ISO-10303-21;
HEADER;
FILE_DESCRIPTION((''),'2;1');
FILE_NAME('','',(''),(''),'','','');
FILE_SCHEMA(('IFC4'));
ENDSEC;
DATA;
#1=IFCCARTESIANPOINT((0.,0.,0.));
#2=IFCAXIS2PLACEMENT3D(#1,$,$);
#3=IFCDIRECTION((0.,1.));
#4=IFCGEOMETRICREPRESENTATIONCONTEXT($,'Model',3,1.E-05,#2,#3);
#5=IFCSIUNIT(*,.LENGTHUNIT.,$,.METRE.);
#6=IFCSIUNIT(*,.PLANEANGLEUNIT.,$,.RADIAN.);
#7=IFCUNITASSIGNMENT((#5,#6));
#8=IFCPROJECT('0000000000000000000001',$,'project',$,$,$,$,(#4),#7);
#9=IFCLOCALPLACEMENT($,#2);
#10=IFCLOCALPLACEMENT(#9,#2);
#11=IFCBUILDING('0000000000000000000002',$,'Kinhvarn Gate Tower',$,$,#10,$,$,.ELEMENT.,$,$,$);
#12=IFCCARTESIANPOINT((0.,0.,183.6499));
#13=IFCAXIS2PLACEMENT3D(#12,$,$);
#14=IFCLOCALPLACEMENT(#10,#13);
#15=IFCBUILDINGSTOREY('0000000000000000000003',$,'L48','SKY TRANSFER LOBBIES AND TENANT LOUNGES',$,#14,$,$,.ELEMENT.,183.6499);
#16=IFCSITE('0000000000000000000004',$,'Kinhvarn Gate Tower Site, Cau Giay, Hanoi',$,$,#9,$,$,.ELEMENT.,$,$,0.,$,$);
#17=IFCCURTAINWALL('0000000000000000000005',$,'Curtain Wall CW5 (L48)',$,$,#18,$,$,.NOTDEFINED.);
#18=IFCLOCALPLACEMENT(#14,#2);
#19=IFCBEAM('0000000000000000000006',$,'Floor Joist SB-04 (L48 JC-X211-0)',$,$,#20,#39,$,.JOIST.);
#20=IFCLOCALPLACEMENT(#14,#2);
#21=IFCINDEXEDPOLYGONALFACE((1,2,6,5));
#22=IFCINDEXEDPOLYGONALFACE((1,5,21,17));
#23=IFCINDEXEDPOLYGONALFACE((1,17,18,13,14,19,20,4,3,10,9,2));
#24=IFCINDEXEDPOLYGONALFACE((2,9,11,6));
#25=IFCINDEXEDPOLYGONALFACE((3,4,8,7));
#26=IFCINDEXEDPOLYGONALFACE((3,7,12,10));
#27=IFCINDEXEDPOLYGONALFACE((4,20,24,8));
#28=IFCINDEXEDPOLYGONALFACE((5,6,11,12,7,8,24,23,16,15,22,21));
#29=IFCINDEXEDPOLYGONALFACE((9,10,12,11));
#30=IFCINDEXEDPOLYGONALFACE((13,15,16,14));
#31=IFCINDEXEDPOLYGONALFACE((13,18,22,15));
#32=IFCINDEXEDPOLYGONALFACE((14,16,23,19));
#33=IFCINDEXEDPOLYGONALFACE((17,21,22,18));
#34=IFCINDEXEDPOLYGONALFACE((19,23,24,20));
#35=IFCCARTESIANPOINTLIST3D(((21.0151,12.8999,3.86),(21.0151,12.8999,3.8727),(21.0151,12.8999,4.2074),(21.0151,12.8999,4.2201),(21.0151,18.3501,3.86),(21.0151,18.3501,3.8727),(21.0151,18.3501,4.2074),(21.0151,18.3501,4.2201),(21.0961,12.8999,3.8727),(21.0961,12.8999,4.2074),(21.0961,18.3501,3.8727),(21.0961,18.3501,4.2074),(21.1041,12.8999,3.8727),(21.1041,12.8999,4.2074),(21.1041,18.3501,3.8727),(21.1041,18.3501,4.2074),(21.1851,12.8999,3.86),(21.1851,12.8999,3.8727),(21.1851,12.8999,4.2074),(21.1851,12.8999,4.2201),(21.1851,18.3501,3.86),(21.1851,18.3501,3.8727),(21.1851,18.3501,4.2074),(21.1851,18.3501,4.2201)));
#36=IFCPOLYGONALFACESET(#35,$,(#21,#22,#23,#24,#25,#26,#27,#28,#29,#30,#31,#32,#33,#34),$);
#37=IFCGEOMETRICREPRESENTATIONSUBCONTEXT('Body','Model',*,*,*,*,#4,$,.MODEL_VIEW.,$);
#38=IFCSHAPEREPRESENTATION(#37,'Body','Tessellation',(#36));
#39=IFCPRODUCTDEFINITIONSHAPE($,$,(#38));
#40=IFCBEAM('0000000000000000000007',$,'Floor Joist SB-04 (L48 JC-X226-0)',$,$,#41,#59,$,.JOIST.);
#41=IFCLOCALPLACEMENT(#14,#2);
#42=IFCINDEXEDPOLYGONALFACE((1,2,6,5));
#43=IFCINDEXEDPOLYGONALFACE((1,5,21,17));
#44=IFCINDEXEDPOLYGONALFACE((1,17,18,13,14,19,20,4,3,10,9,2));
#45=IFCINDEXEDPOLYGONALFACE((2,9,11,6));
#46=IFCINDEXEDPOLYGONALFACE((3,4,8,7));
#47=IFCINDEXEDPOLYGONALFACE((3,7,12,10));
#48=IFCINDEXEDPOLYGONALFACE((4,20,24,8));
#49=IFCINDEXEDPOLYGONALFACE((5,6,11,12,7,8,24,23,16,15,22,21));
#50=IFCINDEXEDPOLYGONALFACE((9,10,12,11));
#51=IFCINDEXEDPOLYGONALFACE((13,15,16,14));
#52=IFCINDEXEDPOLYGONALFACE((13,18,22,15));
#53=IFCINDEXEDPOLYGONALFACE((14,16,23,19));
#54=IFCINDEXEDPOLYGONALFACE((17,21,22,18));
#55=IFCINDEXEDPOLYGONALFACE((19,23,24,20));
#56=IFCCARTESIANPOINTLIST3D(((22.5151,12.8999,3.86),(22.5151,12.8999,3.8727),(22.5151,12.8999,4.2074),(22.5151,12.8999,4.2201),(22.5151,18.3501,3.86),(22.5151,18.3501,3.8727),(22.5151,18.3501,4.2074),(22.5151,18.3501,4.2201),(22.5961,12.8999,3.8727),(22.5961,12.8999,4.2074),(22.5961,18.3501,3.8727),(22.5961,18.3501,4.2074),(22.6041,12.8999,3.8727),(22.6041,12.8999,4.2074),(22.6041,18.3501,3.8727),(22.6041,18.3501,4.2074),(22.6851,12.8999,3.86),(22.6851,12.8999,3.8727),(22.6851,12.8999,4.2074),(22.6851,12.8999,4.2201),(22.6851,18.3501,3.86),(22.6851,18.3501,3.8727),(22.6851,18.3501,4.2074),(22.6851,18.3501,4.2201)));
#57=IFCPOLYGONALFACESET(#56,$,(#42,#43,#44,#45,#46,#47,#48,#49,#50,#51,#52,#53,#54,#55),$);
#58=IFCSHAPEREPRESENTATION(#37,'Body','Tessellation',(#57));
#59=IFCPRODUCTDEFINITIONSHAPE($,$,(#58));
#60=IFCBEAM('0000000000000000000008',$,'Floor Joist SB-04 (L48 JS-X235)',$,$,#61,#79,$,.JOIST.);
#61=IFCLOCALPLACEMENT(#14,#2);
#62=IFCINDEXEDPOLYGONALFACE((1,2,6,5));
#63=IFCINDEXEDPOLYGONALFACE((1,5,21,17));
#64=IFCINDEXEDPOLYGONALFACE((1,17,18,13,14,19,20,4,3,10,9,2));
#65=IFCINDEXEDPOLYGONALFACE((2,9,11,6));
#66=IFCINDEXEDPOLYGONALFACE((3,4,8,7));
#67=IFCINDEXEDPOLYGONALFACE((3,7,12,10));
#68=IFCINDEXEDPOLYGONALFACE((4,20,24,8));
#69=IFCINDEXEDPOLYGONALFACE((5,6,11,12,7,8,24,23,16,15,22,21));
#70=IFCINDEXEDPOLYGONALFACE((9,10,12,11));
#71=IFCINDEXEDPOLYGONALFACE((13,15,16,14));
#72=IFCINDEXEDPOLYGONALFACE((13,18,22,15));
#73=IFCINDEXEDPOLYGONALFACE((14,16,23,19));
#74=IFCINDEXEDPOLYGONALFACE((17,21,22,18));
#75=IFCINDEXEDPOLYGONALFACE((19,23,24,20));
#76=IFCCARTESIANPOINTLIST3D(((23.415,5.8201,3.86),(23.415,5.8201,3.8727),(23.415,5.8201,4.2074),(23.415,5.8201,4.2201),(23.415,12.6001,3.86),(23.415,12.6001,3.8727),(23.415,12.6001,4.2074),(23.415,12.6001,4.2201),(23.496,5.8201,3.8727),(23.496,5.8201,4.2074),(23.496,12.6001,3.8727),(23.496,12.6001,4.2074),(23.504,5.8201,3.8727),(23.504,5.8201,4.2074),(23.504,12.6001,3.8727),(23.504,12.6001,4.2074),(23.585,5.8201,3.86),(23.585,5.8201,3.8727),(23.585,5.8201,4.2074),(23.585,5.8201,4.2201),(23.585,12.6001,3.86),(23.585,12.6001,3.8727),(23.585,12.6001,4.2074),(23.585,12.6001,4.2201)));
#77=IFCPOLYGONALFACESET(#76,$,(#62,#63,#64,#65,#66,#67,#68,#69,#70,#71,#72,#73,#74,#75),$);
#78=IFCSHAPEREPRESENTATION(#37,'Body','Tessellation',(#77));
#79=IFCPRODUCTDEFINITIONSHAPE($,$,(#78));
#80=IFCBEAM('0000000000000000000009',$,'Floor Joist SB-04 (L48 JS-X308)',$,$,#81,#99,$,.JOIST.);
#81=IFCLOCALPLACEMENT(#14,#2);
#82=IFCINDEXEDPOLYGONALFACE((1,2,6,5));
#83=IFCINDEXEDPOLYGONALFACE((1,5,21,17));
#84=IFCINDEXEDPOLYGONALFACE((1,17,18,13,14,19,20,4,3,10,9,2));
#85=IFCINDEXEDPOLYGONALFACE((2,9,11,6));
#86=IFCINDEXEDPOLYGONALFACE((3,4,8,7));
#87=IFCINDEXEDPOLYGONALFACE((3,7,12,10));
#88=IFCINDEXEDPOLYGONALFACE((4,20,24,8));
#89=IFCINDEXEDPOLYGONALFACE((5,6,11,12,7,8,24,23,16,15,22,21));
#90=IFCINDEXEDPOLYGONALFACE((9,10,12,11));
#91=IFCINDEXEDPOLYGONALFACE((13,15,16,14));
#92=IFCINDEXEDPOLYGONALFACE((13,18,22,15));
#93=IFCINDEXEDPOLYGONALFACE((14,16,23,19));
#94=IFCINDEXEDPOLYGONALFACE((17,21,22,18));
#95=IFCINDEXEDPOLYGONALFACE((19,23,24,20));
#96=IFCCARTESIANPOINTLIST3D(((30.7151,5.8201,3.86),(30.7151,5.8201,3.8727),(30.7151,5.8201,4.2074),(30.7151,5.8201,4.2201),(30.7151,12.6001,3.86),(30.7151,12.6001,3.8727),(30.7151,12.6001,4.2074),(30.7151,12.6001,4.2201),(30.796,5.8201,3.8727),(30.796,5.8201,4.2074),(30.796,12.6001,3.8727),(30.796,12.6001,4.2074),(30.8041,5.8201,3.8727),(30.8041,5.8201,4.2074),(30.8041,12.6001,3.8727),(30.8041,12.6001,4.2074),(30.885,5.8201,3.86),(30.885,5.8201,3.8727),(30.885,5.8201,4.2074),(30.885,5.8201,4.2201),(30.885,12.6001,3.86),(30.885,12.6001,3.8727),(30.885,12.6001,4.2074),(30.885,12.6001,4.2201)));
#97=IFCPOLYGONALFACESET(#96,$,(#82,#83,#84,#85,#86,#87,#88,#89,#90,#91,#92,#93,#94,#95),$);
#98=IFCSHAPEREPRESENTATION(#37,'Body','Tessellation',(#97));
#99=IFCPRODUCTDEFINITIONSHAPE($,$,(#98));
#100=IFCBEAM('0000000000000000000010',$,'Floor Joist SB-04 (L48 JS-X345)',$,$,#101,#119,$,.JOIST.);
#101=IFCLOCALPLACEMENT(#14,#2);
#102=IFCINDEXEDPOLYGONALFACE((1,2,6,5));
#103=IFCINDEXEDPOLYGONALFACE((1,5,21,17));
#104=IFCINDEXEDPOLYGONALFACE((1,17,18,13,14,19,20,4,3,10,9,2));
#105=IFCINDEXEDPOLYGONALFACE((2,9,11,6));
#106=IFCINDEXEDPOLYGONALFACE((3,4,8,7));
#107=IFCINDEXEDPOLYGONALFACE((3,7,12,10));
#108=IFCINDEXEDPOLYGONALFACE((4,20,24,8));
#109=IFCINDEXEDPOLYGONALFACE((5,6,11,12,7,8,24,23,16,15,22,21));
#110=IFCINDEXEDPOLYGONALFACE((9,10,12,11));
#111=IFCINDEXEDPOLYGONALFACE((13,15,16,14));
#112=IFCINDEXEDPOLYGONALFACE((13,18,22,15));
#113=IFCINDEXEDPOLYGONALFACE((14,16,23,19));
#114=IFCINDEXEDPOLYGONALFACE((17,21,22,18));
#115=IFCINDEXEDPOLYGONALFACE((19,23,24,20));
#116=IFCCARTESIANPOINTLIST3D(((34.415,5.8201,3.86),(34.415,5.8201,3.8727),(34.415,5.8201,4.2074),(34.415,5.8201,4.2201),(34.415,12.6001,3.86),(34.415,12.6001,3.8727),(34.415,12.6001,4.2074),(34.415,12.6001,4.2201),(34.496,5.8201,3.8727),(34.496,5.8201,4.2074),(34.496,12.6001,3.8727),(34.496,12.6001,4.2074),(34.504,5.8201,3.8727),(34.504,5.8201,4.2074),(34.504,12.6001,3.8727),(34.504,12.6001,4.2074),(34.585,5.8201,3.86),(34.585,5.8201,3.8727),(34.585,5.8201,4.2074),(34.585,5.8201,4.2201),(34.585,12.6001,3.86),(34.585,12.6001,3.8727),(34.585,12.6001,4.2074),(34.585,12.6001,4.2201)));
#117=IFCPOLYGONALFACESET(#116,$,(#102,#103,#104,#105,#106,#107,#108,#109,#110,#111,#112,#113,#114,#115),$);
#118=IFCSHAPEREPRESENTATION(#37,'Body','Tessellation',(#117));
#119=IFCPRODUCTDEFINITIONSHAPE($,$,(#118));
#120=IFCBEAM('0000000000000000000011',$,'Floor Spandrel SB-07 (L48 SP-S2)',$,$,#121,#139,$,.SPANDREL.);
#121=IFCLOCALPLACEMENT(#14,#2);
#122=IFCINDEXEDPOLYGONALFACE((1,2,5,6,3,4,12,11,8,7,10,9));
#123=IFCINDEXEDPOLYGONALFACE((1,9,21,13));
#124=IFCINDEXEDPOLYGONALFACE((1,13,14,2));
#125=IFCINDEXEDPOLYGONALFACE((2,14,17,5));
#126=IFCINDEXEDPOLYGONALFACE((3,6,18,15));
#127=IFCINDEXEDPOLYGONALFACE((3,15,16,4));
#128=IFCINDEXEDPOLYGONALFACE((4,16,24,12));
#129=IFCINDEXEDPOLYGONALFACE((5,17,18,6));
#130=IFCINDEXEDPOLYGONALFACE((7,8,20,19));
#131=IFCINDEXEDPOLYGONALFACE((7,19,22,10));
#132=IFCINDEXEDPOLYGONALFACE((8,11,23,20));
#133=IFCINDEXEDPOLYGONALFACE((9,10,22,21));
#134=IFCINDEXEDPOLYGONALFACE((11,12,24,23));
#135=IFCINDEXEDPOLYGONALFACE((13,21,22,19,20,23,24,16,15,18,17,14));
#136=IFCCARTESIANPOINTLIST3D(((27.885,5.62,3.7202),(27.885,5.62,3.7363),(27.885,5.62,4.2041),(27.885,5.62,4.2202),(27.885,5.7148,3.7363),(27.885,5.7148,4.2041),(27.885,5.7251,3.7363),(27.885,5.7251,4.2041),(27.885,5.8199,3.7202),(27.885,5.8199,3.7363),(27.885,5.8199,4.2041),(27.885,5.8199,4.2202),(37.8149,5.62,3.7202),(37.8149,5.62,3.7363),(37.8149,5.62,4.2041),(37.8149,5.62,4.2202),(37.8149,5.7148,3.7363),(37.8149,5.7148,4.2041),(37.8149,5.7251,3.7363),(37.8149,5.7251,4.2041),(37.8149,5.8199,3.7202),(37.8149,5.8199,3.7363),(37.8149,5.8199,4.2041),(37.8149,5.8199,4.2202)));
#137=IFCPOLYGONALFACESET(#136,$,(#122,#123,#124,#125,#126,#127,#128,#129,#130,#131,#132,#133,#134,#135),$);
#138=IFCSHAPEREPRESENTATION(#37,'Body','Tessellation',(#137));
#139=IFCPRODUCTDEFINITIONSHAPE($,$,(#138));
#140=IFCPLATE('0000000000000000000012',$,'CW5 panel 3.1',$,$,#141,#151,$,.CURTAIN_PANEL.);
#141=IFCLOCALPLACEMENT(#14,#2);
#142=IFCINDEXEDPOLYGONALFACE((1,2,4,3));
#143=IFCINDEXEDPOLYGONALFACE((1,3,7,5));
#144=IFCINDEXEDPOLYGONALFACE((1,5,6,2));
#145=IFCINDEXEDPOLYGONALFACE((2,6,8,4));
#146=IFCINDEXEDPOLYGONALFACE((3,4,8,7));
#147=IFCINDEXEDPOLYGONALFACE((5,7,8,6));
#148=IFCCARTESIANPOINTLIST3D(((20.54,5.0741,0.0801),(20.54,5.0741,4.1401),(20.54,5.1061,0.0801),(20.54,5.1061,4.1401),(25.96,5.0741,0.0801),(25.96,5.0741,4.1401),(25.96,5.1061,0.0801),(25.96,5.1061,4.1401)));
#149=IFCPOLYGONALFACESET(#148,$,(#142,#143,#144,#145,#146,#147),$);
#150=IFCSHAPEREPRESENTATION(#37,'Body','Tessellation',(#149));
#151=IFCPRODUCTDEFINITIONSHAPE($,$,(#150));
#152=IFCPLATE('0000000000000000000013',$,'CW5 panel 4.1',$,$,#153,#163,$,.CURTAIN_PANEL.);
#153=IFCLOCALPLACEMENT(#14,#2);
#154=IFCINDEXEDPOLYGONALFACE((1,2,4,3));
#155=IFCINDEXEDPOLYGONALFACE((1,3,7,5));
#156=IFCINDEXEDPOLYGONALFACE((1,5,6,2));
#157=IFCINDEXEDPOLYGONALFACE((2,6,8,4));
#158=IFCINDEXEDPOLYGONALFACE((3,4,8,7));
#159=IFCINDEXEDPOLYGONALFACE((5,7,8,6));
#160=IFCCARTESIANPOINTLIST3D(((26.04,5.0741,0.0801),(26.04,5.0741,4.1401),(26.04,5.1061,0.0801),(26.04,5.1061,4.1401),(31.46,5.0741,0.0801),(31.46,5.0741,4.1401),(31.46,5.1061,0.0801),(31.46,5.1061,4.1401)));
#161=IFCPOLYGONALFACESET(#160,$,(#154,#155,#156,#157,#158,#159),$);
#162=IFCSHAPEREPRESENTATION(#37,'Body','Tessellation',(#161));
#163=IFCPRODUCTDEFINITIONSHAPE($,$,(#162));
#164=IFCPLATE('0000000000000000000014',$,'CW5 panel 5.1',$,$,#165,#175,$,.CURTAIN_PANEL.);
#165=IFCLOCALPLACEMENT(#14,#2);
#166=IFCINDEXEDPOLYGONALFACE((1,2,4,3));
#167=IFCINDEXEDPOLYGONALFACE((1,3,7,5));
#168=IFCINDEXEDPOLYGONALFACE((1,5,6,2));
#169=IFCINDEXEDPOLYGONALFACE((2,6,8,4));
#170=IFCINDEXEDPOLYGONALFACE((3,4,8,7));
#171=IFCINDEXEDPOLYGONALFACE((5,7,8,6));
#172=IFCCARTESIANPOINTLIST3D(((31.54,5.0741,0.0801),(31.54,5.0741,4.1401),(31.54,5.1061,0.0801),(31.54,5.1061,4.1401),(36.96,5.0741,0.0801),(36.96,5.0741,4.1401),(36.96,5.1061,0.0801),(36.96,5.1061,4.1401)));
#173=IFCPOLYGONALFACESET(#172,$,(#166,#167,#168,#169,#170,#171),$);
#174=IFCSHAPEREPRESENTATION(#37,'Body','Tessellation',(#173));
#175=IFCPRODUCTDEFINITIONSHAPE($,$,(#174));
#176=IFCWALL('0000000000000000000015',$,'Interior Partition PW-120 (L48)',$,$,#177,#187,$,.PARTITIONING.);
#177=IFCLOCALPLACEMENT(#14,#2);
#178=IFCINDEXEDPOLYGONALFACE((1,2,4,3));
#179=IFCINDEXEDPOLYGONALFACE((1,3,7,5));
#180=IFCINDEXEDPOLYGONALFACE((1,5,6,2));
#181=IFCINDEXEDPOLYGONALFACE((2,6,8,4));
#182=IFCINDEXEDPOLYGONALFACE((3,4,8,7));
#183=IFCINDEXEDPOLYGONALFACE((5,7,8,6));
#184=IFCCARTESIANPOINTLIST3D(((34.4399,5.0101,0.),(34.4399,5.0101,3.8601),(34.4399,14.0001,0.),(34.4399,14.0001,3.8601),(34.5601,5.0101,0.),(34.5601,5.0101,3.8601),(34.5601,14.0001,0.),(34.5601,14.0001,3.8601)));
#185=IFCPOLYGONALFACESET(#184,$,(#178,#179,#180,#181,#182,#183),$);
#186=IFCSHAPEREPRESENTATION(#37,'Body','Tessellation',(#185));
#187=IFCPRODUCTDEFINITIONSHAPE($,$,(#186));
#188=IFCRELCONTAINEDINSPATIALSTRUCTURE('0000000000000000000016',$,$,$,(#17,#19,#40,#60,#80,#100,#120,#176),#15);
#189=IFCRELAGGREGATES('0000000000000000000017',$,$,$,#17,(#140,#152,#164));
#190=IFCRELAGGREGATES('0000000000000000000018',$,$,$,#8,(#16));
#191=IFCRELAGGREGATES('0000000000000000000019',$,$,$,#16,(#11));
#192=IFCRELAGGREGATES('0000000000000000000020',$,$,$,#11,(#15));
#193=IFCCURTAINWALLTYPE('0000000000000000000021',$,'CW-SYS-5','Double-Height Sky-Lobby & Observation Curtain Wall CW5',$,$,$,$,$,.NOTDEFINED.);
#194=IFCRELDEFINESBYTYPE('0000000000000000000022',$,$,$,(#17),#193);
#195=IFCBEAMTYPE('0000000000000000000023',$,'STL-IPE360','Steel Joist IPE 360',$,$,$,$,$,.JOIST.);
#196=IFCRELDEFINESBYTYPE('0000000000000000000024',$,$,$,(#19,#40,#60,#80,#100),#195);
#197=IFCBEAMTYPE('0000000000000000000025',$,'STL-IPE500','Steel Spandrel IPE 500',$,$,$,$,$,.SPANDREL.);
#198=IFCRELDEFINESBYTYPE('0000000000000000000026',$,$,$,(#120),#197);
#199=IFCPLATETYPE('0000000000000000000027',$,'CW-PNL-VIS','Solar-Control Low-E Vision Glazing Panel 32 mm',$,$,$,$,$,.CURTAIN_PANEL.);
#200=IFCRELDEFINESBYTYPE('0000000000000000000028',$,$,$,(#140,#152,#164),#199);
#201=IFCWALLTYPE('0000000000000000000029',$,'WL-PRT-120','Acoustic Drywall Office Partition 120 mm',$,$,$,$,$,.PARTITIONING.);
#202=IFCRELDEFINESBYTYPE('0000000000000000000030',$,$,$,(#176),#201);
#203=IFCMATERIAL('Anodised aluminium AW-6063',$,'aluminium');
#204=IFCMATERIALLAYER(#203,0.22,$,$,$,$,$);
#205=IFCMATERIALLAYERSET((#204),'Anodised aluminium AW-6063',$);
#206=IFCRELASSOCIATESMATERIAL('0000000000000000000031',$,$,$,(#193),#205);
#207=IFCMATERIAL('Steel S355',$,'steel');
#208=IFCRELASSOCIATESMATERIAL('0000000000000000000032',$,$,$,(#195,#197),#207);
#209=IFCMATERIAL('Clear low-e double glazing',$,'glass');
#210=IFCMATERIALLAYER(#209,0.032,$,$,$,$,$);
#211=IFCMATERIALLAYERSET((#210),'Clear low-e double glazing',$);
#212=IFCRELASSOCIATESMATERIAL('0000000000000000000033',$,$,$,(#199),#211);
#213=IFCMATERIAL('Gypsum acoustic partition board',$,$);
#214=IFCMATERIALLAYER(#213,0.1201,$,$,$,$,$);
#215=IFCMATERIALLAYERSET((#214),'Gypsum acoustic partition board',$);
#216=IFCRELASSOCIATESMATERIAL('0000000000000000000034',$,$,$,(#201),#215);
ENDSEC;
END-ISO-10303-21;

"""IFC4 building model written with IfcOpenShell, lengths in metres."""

from ifc_helpers import new_model, si_unit, direction, frame, frame_2d, origin, origin_2d, place, context, subcontext, project, spatial, rectangle, i_section, extrude, material, layer, layer_set, material_profile, profile_set, type_object, element, aggregate, save


model = new_model("IFC4")

# Units and contexts
model_context = context("Model", 3, precision=1e-05, world=origin(), true_north=direction((0.0, 1.0)))
body_context = subcontext(model_context, "Body", "Model", "MODEL_VIEW")
ifc_project = project(units=[si_unit("LENGTHUNIT", "METRE"), si_unit("PLANEANGLEUNIT", "RADIAN")], contexts=[model_context])

# Site, building, storey
site_placement = place(None, origin())
site = spatial("IfcSite", under=ifc_project, at=site_placement, Name="Kinhvarn Gate Tower Site, Cau Giay, Hanoi", CompositionType="ELEMENT", RefElevation=0.0)
building_placement = place(site_placement, origin())
building = spatial("IfcBuilding", under=site, at=building_placement, Name="Kinhvarn Gate Tower", CompositionType="ELEMENT")
storey_placement = place(building_placement, frame((0.0, 0.0, 183.6499)))
storey = spatial("IfcBuildingStorey", under=building, at=storey_placement, Name="L48", Description="SKY TRANSFER LOBBIES AND TENANT LOUNGES", CompositionType="ELEMENT", Elevation=183.6499)

# Curtain wall
ifc_material_1 = material(Name="Anodised aluminium AW-6063", Category="aluminium")
ifc_layer_1 = layer(ifc_material_1, 0.22)
ifc_layer_set_1 = layer_set([ifc_layer_1], Name="Anodised aluminium AW-6063")
curtain_wall_type = type_object("IfcCurtainWallType", Name="CW-SYS-5", Description="Double-Height Sky-Lobby & Observation Curtain Wall CW5", PredefinedType="NOTDEFINED", material=ifc_layer_set_1)
curtain_wall_placement = place(storey_placement, origin())
curtain_wall = element("IfcCurtainWall", 1, at=curtain_wall_placement, inside=storey, type_object=curtain_wall_type, Name="Curtain Wall CW5 (L48)", PredefinedType="NOTDEFINED")

# Beams
ifc_material_2 = material(Name="Steel S355", Category="steel")
ifc_material_profile_1 = material_profile(ifc_material_2, i_section(OverallWidth=0.1699, OverallDepth=0.3601, WebThickness=0.0081, FlangeThickness=0.0127, at=origin_2d()), Name="IPE 360")
ifc_profile_set_1 = profile_set([ifc_material_profile_1], Name="Steel S355")
beam_type_1 = type_object("IfcBeamType", Name="STL-IPE360", Description="Steel Joist IPE 360", PredefinedType="JOIST", material=ifc_profile_set_1)
for number, where, z_axis, x_axis, name in (
    (2, (21.1001, 12.8999, 4.04), (0.0, 1.0, 0.0), (-1.0, 0.0, 0.0), "Floor Joist SB-04 (L48 JC-X211-0)"),
    (3, (22.6001, 12.8999, 4.04), (0.0, 1.0, 0.0), (-1.0, 0.0, 0.0), "Floor Joist SB-04 (L48 JC-X226-0)"),
):
    element("IfcBeam", number, at=place(storey_placement, frame(where, z_axis=z_axis, x_axis=x_axis)), inside=storey, type_object=beam_type_1, Name=name, PredefinedType="JOIST", context=body_context, shape_type="SweptSolid", body=[
        extrude(i_section(OverallWidth=0.1699, OverallDepth=0.3601, WebThickness=0.0081, FlangeThickness=0.0127, at=origin_2d()), origin(), (0.0, 0.0, 1.0), 5.4502),
    ])
for number, where, z_axis, x_axis, name in (
    (4, (23.5, 5.8201, 4.04), (0.0, 1.0, 0.0), (-1.0, 0.0, 0.0), "Floor Joist SB-04 (L48 JS-X235)"),
    (5, (30.8, 5.8201, 4.04), (0.0, 1.0, 0.0), (-1.0, 0.0, 0.0), "Floor Joist SB-04 (L48 JS-X308)"),
    (6, (34.5, 5.8201, 4.04), (0.0, 1.0, 0.0), (-1.0, 0.0, 0.0), "Floor Joist SB-04 (L48 JS-X345)"),
):
    element("IfcBeam", number, at=place(storey_placement, frame(where, z_axis=z_axis, x_axis=x_axis)), inside=storey, type_object=beam_type_1, Name=name, PredefinedType="JOIST", context=body_context, shape_type="SweptSolid", body=[
        extrude(i_section(OverallWidth=0.1699, OverallDepth=0.3601, WebThickness=0.0081, FlangeThickness=0.0127, at=origin_2d()), origin(), (0.0, 0.0, 1.0), 6.78),
    ])
ifc_material_profile_2 = material_profile(ifc_material_2, i_section(OverallWidth=0.2, OverallDepth=0.5, WebThickness=0.0103, FlangeThickness=0.0161, at=origin_2d()), Name="IPE 500")
ifc_profile_set_2 = profile_set([ifc_material_profile_2], Name="Steel S355")
beam_type_2 = type_object("IfcBeamType", Name="STL-IPE500", Description="Steel Spandrel IPE 500", PredefinedType="SPANDREL", material=ifc_profile_set_2)
beam_1_placement = place(storey_placement, frame((27.885, 5.72, 3.9702), z_axis=(1.0, 0.0, 0.0), x_axis=(0.0, 1.0, 0.0)))
element("IfcBeam", 7, at=beam_1_placement, inside=storey, type_object=beam_type_2, Name="Floor Spandrel SB-07 (L48 SP-S2)", PredefinedType="SPANDREL", context=body_context, shape_type="SweptSolid", body=[
    extrude(i_section(OverallWidth=0.2, OverallDepth=0.5, WebThickness=0.0103, FlangeThickness=0.0161, at=origin_2d()), origin(), (0.0, 0.0, 1.0), 9.9299),
])

# Plates
ifc_material_3 = material(Name="Clear low-e double glazing", Category="glass")
ifc_layer_2 = layer(ifc_material_3, 0.032)
ifc_layer_set_2 = layer_set([ifc_layer_2], Name="Clear low-e double glazing")
plate_type = type_object("IfcPlateType", Name="CW-PNL-VIS", Description="Solar-Control Low-E Vision Glazing Panel 32 mm", PredefinedType="CURTAIN_PANEL", material=ifc_layer_set_2)
plate_1_placement = place(storey_placement, frame((23.25, 5.0901, 0.0801), z_axis=(0.0, 0.0, 1.0), x_axis=(1.0, 0.0, 0.0)))
plate_1 = element("IfcPlate", 8, at=plate_1_placement, type_object=plate_type, Name="CW5 panel 3.1", PredefinedType="CURTAIN_PANEL", context=body_context, shape_type="SweptSolid", body=[
    extrude(rectangle(XDim=5.4199, YDim=0.032, at=origin_2d()), origin(), (0.0, 0.0, 1.0), 4.0601),
])
plate_2_placement = place(storey_placement, frame((28.75, 5.0901, 0.0801), z_axis=(0.0, 0.0, 1.0), x_axis=(1.0, 0.0, 0.0)))
plate_2 = element("IfcPlate", 9, at=plate_2_placement, type_object=plate_type, Name="CW5 panel 4.1", PredefinedType="CURTAIN_PANEL", context=body_context, shape_type="SweptSolid", body=[
    extrude(rectangle(XDim=5.4199, YDim=0.032, at=origin_2d()), origin(), (0.0, 0.0, 1.0), 4.0601),
])
plate_3_placement = place(storey_placement, frame((34.25, 5.0901, 0.0801), z_axis=(0.0, 0.0, 1.0), x_axis=(1.0, 0.0, 0.0)))
plate_3 = element("IfcPlate", 10, at=plate_3_placement, type_object=plate_type, Name="CW5 panel 5.1", PredefinedType="CURTAIN_PANEL", context=body_context, shape_type="SweptSolid", body=[
    extrude(rectangle(XDim=5.4199, YDim=0.032, at=origin_2d()), origin(), (0.0, 0.0, 1.0), 4.0601),
])
aggregate(curtain_wall, [plate_1, plate_2, plate_3])

# Wall
ifc_material_4 = material(Name="Gypsum acoustic partition board")
ifc_layer_3 = layer(ifc_material_4, 0.1201)
ifc_layer_set_3 = layer_set([ifc_layer_3], Name="Gypsum acoustic partition board")
wall_type = type_object("IfcWallType", Name="WL-PRT-120", Description="Acoustic Drywall Office Partition 120 mm", PredefinedType="PARTITIONING", material=ifc_layer_set_3)
wall_placement = place(storey_placement, frame((34.5, 5.01, 0.0), z_axis=(0.0, 0.0, 1.0), x_axis=(0.0, 1.0, 0.0)))
element("IfcWall", 11, at=wall_placement, inside=storey, type_object=wall_type, Name="Interior Partition PW-120 (L48)", PredefinedType="PARTITIONING", context=body_context, shape_type="SweptSolid", body=[
    extrude(rectangle(XDim=8.99, YDim=0.1201, at=frame_2d((4.4951, 0.0))), origin(), (0.0, 0.0, 1.0), 3.8601),
])

save(model, "model.ifc")
